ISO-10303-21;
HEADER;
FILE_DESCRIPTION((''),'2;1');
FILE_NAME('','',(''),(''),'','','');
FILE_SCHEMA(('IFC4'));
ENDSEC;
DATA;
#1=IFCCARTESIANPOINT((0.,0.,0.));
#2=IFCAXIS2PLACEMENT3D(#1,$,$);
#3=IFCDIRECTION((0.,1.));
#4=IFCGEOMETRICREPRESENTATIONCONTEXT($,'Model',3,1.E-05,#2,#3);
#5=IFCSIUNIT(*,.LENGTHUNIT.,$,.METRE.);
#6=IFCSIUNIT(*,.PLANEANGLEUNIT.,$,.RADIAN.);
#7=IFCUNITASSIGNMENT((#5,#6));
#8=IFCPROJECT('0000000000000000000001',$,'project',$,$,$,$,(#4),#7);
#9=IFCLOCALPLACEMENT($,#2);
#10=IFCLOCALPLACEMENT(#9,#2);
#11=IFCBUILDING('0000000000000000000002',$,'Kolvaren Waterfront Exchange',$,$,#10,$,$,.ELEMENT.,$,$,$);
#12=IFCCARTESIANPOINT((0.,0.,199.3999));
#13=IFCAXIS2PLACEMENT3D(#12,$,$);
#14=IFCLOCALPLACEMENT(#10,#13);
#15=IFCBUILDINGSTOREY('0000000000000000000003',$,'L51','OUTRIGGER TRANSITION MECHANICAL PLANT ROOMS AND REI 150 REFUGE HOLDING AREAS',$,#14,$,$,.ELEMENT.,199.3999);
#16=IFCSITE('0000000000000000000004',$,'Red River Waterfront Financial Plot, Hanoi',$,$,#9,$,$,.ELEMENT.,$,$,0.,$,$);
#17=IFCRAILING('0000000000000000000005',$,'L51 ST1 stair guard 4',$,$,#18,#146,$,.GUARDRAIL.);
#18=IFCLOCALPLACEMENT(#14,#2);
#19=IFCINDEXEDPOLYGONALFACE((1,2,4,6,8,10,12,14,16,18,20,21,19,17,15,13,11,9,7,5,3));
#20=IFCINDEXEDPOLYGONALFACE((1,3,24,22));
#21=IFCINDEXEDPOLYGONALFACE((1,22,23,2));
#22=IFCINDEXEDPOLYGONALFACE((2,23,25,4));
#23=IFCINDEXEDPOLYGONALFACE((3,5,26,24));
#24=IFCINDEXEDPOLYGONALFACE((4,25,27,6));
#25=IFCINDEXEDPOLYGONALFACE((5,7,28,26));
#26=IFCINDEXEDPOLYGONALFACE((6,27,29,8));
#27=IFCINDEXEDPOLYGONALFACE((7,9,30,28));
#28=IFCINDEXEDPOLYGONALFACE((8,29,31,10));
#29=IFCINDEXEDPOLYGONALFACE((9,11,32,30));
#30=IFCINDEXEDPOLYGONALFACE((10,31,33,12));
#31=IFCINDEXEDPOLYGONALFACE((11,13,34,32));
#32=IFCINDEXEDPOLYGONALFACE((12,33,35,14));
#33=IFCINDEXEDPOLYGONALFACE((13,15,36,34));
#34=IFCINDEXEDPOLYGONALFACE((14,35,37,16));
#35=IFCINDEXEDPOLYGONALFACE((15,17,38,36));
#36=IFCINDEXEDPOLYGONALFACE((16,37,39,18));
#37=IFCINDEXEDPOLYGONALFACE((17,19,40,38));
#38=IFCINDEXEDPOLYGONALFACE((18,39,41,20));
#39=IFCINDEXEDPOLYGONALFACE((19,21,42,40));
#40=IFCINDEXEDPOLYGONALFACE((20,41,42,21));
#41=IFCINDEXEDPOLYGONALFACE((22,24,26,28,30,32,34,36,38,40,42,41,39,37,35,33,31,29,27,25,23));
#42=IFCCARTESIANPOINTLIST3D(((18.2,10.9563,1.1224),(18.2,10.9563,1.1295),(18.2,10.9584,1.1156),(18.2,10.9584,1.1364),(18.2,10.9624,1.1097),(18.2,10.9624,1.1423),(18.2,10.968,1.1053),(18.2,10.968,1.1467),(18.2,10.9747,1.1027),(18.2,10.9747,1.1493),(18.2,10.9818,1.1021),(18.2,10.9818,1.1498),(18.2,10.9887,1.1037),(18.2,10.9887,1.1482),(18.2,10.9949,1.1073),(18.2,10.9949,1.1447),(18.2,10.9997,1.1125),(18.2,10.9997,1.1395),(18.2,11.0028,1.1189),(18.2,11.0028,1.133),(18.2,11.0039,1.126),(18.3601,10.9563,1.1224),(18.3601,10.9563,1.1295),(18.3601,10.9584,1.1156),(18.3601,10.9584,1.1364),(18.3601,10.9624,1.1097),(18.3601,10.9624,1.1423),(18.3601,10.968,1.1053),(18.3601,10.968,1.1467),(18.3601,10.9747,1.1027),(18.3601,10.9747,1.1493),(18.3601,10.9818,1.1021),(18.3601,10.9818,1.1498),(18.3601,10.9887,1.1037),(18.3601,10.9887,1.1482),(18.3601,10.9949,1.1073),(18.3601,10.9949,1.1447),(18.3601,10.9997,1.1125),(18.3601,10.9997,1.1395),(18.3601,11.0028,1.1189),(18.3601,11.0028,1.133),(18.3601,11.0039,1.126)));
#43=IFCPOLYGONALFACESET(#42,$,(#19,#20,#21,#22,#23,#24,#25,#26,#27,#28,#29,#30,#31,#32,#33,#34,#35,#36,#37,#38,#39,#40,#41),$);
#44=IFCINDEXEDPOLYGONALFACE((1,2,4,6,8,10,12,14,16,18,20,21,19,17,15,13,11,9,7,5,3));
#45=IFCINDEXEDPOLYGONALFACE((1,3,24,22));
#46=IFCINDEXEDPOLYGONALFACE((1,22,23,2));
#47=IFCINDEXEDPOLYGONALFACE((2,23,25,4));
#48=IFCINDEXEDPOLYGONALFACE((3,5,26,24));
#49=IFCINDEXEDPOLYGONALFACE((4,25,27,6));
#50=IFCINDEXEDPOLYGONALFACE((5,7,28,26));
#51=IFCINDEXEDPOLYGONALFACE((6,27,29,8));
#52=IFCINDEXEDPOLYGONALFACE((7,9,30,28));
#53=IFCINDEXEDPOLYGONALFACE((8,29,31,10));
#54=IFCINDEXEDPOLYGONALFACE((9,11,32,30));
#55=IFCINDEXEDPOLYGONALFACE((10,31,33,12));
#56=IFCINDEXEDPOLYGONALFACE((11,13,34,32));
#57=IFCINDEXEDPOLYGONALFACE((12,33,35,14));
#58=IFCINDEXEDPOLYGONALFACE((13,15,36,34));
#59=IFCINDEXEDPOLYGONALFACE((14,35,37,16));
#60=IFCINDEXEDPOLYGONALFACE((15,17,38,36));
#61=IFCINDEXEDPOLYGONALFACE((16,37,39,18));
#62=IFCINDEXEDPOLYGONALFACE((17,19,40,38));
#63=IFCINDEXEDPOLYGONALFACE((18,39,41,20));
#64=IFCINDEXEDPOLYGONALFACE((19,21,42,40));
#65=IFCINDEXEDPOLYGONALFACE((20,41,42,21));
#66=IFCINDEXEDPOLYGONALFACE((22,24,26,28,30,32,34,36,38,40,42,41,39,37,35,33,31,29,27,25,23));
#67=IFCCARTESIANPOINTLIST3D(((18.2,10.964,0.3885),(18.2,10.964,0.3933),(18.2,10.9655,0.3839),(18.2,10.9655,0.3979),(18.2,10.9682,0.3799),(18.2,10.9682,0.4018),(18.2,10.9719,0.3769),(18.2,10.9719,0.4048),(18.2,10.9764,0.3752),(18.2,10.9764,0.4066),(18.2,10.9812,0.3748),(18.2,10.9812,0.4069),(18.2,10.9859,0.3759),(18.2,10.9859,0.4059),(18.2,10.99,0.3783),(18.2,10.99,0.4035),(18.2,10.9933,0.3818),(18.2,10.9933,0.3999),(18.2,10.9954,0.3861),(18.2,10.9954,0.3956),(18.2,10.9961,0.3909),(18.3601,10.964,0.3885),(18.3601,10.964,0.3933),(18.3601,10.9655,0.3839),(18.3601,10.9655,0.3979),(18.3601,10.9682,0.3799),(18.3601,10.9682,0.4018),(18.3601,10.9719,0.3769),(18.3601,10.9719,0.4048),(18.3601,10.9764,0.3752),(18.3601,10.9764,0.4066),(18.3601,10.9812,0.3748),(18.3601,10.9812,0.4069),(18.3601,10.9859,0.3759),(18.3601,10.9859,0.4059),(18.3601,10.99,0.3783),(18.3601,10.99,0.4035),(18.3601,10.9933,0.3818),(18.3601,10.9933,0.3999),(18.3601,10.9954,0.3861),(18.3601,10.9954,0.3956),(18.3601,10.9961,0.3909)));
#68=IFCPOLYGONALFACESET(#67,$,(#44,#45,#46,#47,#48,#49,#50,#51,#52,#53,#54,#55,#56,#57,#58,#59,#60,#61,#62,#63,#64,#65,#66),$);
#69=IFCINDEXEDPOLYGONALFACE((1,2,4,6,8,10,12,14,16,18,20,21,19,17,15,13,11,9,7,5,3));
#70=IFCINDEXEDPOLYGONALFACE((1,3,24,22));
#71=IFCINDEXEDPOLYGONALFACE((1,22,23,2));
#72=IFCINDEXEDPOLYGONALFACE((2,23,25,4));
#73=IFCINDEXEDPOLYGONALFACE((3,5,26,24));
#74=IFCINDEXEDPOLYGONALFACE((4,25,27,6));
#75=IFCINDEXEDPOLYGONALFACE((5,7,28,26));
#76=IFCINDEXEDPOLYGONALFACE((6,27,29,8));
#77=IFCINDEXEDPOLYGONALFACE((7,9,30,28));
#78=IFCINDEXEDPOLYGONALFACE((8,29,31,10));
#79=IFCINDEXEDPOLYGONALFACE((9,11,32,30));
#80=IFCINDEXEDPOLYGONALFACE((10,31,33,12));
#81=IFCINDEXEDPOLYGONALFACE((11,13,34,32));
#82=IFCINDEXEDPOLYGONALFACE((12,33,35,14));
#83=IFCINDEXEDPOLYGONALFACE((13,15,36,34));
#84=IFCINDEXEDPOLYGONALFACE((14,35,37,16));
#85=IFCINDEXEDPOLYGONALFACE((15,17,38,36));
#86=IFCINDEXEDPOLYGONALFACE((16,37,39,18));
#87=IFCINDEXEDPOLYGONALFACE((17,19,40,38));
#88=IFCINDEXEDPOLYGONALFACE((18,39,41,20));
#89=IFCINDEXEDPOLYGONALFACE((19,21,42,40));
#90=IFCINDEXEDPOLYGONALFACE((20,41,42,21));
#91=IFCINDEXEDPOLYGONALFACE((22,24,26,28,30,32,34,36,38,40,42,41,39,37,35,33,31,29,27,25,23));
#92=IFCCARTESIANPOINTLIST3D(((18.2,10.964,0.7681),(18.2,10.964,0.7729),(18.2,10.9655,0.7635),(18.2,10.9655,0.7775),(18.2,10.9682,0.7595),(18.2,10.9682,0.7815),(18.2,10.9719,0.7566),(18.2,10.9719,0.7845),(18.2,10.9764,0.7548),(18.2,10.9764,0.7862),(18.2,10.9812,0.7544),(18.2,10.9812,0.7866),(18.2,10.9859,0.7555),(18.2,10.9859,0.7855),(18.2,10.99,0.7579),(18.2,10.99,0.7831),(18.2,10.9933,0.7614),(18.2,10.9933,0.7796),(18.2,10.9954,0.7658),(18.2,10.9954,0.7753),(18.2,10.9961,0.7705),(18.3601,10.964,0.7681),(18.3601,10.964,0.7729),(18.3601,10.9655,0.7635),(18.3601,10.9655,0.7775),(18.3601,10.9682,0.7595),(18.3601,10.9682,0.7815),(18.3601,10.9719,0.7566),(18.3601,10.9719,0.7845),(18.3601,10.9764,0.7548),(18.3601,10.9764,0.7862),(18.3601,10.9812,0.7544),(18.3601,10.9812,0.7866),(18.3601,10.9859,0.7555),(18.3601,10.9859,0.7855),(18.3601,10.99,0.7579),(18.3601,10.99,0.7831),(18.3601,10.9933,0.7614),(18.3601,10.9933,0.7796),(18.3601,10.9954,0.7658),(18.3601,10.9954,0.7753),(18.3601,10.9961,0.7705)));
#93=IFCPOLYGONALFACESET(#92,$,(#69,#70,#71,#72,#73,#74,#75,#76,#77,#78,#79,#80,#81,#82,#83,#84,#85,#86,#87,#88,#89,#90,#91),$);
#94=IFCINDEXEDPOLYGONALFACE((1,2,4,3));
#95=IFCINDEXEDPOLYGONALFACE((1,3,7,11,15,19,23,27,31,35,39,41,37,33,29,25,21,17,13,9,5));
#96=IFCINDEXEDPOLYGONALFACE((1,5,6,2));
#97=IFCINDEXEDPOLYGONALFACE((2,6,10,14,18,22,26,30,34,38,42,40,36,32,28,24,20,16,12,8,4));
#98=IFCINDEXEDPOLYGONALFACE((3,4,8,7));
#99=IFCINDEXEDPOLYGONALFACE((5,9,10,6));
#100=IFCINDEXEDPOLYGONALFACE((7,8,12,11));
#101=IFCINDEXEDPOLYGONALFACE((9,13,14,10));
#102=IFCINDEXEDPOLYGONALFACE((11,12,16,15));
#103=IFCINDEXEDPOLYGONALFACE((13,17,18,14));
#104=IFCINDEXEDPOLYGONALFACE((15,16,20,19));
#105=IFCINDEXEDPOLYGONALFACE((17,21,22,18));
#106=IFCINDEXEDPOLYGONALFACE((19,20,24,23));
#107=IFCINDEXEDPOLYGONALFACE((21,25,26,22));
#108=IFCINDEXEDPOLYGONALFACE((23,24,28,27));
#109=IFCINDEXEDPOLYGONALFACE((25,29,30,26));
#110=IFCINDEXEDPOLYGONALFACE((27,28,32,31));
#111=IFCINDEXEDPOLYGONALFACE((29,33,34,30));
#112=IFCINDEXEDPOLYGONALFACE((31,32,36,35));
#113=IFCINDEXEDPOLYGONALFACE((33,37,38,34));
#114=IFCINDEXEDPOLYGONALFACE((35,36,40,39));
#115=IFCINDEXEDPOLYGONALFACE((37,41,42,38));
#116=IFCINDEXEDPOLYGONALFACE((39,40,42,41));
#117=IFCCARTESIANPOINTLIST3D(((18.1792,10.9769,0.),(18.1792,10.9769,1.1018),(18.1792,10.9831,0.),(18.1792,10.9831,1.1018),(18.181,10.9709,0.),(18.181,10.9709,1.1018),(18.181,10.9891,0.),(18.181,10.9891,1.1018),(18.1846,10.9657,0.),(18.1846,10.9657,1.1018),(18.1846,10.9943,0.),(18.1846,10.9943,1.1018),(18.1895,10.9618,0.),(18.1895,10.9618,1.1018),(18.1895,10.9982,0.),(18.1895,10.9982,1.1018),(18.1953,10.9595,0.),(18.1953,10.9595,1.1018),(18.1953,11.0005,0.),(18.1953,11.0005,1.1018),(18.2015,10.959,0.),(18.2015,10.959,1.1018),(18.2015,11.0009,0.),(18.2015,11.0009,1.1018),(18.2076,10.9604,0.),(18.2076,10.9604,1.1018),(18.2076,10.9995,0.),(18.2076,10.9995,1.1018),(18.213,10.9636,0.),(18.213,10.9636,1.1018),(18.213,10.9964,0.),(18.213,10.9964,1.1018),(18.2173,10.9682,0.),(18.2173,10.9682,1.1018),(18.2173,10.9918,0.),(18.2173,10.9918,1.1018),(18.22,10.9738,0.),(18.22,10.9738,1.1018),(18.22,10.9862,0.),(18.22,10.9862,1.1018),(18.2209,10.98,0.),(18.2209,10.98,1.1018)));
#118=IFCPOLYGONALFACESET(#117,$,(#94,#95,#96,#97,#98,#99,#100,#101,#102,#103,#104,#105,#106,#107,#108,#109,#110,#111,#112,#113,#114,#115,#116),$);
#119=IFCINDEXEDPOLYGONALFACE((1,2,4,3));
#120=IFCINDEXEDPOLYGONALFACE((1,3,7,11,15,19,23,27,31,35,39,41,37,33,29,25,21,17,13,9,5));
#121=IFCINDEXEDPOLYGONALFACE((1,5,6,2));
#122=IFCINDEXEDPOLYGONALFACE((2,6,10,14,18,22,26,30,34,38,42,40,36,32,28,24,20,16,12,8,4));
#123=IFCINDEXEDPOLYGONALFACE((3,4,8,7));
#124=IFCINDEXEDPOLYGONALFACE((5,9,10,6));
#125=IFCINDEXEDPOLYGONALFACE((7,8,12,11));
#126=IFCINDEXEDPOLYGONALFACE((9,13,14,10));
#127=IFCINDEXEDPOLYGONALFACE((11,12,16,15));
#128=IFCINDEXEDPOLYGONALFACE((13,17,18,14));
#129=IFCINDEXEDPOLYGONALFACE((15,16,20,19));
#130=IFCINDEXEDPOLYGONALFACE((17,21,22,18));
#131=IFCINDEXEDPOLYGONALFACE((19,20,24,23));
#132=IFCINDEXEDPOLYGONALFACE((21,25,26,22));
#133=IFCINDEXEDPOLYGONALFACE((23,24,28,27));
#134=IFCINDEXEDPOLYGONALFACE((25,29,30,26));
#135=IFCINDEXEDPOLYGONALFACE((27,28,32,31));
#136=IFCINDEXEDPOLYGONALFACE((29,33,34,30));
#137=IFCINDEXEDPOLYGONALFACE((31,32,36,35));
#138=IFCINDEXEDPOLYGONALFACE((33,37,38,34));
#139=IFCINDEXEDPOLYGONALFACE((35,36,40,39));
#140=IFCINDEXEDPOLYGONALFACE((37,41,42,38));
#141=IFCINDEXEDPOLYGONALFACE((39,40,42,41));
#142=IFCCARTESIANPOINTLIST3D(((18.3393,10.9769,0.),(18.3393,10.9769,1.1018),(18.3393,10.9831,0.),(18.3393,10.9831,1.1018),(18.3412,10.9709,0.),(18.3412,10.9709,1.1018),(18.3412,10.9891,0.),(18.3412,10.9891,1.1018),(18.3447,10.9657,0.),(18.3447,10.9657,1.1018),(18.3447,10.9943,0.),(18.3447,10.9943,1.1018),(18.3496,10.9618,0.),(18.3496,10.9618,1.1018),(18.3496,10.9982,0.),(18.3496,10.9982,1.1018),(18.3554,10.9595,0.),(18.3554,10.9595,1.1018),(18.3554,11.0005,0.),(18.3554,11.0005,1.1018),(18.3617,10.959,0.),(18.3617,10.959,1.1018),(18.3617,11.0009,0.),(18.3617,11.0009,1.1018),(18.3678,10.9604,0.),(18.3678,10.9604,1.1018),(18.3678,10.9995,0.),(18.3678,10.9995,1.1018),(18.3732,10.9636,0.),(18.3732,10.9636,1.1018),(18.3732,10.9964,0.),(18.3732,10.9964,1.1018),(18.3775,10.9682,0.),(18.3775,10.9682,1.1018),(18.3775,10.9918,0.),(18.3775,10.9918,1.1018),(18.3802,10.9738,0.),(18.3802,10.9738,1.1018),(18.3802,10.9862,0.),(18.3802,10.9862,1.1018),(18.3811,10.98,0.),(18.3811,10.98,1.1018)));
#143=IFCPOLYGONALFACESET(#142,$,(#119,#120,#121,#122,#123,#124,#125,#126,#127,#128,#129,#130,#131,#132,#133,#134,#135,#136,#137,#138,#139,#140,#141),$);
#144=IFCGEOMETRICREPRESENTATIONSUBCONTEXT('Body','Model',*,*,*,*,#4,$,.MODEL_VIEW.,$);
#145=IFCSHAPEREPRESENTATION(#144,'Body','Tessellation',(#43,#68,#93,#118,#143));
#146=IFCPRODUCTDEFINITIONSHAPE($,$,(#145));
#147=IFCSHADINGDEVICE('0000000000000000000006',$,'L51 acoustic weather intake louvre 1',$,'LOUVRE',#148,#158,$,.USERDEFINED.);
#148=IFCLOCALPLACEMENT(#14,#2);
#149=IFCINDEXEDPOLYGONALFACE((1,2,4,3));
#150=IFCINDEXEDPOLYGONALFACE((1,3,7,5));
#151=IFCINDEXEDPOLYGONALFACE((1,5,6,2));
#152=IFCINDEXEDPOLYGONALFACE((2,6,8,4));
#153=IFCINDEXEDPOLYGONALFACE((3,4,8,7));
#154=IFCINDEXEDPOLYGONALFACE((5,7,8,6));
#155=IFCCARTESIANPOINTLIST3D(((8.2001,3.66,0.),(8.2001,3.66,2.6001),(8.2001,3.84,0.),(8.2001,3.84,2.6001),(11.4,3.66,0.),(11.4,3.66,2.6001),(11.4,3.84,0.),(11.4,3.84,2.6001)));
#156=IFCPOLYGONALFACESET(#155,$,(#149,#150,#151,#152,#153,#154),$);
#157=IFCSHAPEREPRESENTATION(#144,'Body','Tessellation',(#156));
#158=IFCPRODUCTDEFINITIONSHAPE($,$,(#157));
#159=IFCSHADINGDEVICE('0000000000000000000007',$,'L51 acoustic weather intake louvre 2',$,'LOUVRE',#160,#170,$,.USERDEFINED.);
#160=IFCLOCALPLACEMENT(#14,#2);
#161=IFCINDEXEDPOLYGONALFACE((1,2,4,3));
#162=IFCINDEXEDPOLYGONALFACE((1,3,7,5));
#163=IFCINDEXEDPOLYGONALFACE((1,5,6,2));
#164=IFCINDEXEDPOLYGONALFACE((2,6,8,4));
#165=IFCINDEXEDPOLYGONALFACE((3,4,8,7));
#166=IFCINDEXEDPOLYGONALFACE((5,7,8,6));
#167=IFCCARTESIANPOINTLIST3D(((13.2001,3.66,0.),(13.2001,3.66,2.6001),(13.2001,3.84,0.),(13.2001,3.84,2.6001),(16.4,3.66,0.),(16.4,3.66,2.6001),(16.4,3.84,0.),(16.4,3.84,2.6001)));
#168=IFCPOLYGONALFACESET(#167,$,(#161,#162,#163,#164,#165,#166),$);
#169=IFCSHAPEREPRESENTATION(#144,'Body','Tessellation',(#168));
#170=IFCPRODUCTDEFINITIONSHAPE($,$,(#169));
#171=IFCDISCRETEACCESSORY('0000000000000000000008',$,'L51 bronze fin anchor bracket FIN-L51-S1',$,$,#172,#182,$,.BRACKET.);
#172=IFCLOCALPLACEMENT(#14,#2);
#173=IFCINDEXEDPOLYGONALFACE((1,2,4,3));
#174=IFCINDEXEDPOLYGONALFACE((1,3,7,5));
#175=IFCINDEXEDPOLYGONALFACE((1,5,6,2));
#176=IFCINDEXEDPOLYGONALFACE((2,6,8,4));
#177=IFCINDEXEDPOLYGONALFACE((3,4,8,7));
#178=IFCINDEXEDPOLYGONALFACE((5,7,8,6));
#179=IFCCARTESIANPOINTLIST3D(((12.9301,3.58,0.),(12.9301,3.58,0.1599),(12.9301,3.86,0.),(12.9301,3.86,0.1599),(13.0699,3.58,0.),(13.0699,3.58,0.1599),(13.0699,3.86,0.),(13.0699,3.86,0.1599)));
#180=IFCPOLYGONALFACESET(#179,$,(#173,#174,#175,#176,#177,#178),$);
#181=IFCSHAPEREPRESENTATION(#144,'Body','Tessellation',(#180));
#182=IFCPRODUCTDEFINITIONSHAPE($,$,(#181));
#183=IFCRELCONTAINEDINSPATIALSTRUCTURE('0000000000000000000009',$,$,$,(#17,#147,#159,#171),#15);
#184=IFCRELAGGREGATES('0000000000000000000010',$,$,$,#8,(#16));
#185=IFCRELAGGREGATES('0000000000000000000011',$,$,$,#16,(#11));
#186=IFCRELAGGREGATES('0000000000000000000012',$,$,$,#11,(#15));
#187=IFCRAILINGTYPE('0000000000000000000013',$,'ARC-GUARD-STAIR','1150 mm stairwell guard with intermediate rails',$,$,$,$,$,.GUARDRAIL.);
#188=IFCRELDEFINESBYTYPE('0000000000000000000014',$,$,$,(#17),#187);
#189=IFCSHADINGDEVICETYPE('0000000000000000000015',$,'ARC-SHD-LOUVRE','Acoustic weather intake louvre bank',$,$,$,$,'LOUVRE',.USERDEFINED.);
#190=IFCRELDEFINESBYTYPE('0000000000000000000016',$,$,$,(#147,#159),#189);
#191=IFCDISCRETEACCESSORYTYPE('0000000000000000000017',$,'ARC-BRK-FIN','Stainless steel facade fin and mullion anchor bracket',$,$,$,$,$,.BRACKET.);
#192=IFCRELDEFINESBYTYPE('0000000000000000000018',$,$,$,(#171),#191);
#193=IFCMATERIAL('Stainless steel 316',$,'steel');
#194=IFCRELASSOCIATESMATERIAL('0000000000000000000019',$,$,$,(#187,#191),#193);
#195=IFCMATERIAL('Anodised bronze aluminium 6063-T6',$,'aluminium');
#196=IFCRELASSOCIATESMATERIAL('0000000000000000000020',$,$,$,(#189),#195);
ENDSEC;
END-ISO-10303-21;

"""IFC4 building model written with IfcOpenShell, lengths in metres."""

from ifc_helpers import new_model, si_unit, direction, frame, origin, origin_with_axes, origin_2d, place, context, subcontext, project, spatial, rectangle, circle, extrude, source, transform, mapped, material, type_object, element, save


model = new_model("IFC4")

# Units and contexts
model_context = context("Model", 3, precision=1e-05, world=origin(), true_north=direction((0.0, 1.0)))
body_context = subcontext(model_context, "Body", "Model", "MODEL_VIEW")
ifc_project = project(units=[si_unit("LENGTHUNIT", "METRE"), si_unit("PLANEANGLEUNIT", "RADIAN")], contexts=[model_context])

# Site, building, storey
site_placement = place(None, origin())
site = spatial("IfcSite", under=ifc_project, at=site_placement, Name="Red River Waterfront Financial Plot, Hanoi", CompositionType="ELEMENT", RefElevation=0.0)
building_placement = place(site_placement, origin())
building = spatial("IfcBuilding", under=site, at=building_placement, Name="Kolvaren Waterfront Exchange", CompositionType="ELEMENT")
storey_placement = place(building_placement, frame((0.0, 0.0, 199.3999)))
storey = spatial("IfcBuildingStorey", under=building, at=storey_placement, Name="L51", Description="OUTRIGGER TRANSITION MECHANICAL PLANT ROOMS AND REI 150 REFUGE HOLDING AREAS", CompositionType="ELEMENT", Elevation=199.3999)

# Shared definitions
ifc_material_1 = material(Name="Anodised bronze aluminium 6063-T6", Category="aluminium")

# Railing
ifc_material_2 = material(Name="Stainless steel 316", Category="steel")
railing_type_1 = type_object("IfcRailingType", Name="ARC-GUARD-STAIR", Description="1150 mm stairwell guard with intermediate rails", PredefinedType="GUARDRAIL", material=ifc_material_2)
railing_1_placement = place(storey_placement, frame((18.2, 10.98, 0.0)))
element("IfcRailing", 1, at=railing_1_placement, inside=storey, type_object=railing_type_1, Name="L51 ST1 stair guard 4", PredefinedType="GUARDRAIL", context=body_context, shape_type="SweptSolid", body=[
    extrude(circle(Radius=0.0239, at=origin_2d()), frame((0.0, 0.0, 1.126), z_axis=(1.0, 0.0, 0.0), x_axis=(0.0, 1.0, 0.0)), (0.0, 0.0, 1.0), 0.1602),
    extrude(circle(Radius=0.0161, at=origin_2d()), frame((0.0, 0.0, 0.3909), z_axis=(1.0, 0.0, 0.0), x_axis=(0.0, 1.0, 0.0)), (0.0, 0.0, 1.0), 0.1602),
    extrude(circle(Radius=0.0161, at=origin_2d()), frame((0.0, 0.0, 0.7705), z_axis=(1.0, 0.0, 0.0), x_axis=(0.0, 1.0, 0.0)), (0.0, 0.0, 1.0), 0.1602),
    extrude(circle(Radius=0.021, at=origin_2d()), origin(), (0.0, 0.0, 1.0), 1.1018),
    extrude(circle(Radius=0.021, at=origin_2d()), frame((0.1602, 0.0, 0.0)), (0.0, 0.0, 1.0), 1.1018),
])

# Shading devices
shading_device_type_1 = type_object("IfcShadingDeviceType", Name="ARC-SHD-LOUVRE", Description="Acoustic weather intake louvre bank", ElementType="LOUVRE", PredefinedType="USERDEFINED", material=ifc_material_1)
shared_shape_1 = source(origin_with_axes(), body_context, "Body", "SweptSolid", [
    extrude(rectangle(XDim=3.2, YDim=0.1799, at=origin_2d()), origin(), (0.0, 0.0, 1.0), 2.6001),
])
for number, where, z_axis, x_axis, name in (
    (2, (9.8, 3.75, 0.0), (0.0, 0.0, 1.0), (1.0, 0.0, 0.0), "L51 acoustic weather intake louvre 1"),
    (3, (14.8, 3.75, 0.0), (0.0, 0.0, 1.0), (1.0, 0.0, 0.0), "L51 acoustic weather intake louvre 2"),
):
    element("IfcShadingDevice", number, at=place(storey_placement, frame(where, z_axis=z_axis, x_axis=x_axis)), inside=storey, type_object=shading_device_type_1, Name=name, ObjectType="LOUVRE", PredefinedType="USERDEFINED", context=body_context, shape_type="MappedRepresentation", body=[
        mapped(shared_shape_1, transform((0.0, 0.0, 0.0), x_axis=(1.0, 0.0, 0.0), y_axis=(0.0, 1.0, 0.0), z_axis=(0.0, 0.0, 1.0), scale=1.0)),
    ])

# Discrete accessory
discrete_accessory_type = type_object("IfcDiscreteAccessoryType", Name="ARC-BRK-FIN", Description="Stainless steel facade fin and mullion anchor bracket", PredefinedType="BRACKET", material=ifc_material_2)
shared_shape_2 = source(origin_with_axes(), body_context, "Body", "SweptSolid", [
    extrude(rectangle(XDim=0.28, YDim=0.1399, at=origin_2d()), origin(), (0.0, 0.0, 1.0), 0.1599),
])
discrete_accessory_placement = place(storey_placement, frame((13.0, 3.72, 0.0), z_axis=(0.0, 0.0, 1.0), x_axis=(0.0, -1.0, 0.0)))
element("IfcDiscreteAccessory", 4, at=discrete_accessory_placement, inside=storey, type_object=discrete_accessory_type, Name="L51 bronze fin anchor bracket FIN-L51-S1", PredefinedType="BRACKET", context=body_context, shape_type="MappedRepresentation", body=[
    mapped(shared_shape_2, transform((0.0, 0.0, 0.0), x_axis=(1.0, 0.0, 0.0), y_axis=(0.0, 1.0, 0.0), z_axis=(0.0, 0.0, 1.0), scale=1.0)),
])

save(model, "model.ifc")
